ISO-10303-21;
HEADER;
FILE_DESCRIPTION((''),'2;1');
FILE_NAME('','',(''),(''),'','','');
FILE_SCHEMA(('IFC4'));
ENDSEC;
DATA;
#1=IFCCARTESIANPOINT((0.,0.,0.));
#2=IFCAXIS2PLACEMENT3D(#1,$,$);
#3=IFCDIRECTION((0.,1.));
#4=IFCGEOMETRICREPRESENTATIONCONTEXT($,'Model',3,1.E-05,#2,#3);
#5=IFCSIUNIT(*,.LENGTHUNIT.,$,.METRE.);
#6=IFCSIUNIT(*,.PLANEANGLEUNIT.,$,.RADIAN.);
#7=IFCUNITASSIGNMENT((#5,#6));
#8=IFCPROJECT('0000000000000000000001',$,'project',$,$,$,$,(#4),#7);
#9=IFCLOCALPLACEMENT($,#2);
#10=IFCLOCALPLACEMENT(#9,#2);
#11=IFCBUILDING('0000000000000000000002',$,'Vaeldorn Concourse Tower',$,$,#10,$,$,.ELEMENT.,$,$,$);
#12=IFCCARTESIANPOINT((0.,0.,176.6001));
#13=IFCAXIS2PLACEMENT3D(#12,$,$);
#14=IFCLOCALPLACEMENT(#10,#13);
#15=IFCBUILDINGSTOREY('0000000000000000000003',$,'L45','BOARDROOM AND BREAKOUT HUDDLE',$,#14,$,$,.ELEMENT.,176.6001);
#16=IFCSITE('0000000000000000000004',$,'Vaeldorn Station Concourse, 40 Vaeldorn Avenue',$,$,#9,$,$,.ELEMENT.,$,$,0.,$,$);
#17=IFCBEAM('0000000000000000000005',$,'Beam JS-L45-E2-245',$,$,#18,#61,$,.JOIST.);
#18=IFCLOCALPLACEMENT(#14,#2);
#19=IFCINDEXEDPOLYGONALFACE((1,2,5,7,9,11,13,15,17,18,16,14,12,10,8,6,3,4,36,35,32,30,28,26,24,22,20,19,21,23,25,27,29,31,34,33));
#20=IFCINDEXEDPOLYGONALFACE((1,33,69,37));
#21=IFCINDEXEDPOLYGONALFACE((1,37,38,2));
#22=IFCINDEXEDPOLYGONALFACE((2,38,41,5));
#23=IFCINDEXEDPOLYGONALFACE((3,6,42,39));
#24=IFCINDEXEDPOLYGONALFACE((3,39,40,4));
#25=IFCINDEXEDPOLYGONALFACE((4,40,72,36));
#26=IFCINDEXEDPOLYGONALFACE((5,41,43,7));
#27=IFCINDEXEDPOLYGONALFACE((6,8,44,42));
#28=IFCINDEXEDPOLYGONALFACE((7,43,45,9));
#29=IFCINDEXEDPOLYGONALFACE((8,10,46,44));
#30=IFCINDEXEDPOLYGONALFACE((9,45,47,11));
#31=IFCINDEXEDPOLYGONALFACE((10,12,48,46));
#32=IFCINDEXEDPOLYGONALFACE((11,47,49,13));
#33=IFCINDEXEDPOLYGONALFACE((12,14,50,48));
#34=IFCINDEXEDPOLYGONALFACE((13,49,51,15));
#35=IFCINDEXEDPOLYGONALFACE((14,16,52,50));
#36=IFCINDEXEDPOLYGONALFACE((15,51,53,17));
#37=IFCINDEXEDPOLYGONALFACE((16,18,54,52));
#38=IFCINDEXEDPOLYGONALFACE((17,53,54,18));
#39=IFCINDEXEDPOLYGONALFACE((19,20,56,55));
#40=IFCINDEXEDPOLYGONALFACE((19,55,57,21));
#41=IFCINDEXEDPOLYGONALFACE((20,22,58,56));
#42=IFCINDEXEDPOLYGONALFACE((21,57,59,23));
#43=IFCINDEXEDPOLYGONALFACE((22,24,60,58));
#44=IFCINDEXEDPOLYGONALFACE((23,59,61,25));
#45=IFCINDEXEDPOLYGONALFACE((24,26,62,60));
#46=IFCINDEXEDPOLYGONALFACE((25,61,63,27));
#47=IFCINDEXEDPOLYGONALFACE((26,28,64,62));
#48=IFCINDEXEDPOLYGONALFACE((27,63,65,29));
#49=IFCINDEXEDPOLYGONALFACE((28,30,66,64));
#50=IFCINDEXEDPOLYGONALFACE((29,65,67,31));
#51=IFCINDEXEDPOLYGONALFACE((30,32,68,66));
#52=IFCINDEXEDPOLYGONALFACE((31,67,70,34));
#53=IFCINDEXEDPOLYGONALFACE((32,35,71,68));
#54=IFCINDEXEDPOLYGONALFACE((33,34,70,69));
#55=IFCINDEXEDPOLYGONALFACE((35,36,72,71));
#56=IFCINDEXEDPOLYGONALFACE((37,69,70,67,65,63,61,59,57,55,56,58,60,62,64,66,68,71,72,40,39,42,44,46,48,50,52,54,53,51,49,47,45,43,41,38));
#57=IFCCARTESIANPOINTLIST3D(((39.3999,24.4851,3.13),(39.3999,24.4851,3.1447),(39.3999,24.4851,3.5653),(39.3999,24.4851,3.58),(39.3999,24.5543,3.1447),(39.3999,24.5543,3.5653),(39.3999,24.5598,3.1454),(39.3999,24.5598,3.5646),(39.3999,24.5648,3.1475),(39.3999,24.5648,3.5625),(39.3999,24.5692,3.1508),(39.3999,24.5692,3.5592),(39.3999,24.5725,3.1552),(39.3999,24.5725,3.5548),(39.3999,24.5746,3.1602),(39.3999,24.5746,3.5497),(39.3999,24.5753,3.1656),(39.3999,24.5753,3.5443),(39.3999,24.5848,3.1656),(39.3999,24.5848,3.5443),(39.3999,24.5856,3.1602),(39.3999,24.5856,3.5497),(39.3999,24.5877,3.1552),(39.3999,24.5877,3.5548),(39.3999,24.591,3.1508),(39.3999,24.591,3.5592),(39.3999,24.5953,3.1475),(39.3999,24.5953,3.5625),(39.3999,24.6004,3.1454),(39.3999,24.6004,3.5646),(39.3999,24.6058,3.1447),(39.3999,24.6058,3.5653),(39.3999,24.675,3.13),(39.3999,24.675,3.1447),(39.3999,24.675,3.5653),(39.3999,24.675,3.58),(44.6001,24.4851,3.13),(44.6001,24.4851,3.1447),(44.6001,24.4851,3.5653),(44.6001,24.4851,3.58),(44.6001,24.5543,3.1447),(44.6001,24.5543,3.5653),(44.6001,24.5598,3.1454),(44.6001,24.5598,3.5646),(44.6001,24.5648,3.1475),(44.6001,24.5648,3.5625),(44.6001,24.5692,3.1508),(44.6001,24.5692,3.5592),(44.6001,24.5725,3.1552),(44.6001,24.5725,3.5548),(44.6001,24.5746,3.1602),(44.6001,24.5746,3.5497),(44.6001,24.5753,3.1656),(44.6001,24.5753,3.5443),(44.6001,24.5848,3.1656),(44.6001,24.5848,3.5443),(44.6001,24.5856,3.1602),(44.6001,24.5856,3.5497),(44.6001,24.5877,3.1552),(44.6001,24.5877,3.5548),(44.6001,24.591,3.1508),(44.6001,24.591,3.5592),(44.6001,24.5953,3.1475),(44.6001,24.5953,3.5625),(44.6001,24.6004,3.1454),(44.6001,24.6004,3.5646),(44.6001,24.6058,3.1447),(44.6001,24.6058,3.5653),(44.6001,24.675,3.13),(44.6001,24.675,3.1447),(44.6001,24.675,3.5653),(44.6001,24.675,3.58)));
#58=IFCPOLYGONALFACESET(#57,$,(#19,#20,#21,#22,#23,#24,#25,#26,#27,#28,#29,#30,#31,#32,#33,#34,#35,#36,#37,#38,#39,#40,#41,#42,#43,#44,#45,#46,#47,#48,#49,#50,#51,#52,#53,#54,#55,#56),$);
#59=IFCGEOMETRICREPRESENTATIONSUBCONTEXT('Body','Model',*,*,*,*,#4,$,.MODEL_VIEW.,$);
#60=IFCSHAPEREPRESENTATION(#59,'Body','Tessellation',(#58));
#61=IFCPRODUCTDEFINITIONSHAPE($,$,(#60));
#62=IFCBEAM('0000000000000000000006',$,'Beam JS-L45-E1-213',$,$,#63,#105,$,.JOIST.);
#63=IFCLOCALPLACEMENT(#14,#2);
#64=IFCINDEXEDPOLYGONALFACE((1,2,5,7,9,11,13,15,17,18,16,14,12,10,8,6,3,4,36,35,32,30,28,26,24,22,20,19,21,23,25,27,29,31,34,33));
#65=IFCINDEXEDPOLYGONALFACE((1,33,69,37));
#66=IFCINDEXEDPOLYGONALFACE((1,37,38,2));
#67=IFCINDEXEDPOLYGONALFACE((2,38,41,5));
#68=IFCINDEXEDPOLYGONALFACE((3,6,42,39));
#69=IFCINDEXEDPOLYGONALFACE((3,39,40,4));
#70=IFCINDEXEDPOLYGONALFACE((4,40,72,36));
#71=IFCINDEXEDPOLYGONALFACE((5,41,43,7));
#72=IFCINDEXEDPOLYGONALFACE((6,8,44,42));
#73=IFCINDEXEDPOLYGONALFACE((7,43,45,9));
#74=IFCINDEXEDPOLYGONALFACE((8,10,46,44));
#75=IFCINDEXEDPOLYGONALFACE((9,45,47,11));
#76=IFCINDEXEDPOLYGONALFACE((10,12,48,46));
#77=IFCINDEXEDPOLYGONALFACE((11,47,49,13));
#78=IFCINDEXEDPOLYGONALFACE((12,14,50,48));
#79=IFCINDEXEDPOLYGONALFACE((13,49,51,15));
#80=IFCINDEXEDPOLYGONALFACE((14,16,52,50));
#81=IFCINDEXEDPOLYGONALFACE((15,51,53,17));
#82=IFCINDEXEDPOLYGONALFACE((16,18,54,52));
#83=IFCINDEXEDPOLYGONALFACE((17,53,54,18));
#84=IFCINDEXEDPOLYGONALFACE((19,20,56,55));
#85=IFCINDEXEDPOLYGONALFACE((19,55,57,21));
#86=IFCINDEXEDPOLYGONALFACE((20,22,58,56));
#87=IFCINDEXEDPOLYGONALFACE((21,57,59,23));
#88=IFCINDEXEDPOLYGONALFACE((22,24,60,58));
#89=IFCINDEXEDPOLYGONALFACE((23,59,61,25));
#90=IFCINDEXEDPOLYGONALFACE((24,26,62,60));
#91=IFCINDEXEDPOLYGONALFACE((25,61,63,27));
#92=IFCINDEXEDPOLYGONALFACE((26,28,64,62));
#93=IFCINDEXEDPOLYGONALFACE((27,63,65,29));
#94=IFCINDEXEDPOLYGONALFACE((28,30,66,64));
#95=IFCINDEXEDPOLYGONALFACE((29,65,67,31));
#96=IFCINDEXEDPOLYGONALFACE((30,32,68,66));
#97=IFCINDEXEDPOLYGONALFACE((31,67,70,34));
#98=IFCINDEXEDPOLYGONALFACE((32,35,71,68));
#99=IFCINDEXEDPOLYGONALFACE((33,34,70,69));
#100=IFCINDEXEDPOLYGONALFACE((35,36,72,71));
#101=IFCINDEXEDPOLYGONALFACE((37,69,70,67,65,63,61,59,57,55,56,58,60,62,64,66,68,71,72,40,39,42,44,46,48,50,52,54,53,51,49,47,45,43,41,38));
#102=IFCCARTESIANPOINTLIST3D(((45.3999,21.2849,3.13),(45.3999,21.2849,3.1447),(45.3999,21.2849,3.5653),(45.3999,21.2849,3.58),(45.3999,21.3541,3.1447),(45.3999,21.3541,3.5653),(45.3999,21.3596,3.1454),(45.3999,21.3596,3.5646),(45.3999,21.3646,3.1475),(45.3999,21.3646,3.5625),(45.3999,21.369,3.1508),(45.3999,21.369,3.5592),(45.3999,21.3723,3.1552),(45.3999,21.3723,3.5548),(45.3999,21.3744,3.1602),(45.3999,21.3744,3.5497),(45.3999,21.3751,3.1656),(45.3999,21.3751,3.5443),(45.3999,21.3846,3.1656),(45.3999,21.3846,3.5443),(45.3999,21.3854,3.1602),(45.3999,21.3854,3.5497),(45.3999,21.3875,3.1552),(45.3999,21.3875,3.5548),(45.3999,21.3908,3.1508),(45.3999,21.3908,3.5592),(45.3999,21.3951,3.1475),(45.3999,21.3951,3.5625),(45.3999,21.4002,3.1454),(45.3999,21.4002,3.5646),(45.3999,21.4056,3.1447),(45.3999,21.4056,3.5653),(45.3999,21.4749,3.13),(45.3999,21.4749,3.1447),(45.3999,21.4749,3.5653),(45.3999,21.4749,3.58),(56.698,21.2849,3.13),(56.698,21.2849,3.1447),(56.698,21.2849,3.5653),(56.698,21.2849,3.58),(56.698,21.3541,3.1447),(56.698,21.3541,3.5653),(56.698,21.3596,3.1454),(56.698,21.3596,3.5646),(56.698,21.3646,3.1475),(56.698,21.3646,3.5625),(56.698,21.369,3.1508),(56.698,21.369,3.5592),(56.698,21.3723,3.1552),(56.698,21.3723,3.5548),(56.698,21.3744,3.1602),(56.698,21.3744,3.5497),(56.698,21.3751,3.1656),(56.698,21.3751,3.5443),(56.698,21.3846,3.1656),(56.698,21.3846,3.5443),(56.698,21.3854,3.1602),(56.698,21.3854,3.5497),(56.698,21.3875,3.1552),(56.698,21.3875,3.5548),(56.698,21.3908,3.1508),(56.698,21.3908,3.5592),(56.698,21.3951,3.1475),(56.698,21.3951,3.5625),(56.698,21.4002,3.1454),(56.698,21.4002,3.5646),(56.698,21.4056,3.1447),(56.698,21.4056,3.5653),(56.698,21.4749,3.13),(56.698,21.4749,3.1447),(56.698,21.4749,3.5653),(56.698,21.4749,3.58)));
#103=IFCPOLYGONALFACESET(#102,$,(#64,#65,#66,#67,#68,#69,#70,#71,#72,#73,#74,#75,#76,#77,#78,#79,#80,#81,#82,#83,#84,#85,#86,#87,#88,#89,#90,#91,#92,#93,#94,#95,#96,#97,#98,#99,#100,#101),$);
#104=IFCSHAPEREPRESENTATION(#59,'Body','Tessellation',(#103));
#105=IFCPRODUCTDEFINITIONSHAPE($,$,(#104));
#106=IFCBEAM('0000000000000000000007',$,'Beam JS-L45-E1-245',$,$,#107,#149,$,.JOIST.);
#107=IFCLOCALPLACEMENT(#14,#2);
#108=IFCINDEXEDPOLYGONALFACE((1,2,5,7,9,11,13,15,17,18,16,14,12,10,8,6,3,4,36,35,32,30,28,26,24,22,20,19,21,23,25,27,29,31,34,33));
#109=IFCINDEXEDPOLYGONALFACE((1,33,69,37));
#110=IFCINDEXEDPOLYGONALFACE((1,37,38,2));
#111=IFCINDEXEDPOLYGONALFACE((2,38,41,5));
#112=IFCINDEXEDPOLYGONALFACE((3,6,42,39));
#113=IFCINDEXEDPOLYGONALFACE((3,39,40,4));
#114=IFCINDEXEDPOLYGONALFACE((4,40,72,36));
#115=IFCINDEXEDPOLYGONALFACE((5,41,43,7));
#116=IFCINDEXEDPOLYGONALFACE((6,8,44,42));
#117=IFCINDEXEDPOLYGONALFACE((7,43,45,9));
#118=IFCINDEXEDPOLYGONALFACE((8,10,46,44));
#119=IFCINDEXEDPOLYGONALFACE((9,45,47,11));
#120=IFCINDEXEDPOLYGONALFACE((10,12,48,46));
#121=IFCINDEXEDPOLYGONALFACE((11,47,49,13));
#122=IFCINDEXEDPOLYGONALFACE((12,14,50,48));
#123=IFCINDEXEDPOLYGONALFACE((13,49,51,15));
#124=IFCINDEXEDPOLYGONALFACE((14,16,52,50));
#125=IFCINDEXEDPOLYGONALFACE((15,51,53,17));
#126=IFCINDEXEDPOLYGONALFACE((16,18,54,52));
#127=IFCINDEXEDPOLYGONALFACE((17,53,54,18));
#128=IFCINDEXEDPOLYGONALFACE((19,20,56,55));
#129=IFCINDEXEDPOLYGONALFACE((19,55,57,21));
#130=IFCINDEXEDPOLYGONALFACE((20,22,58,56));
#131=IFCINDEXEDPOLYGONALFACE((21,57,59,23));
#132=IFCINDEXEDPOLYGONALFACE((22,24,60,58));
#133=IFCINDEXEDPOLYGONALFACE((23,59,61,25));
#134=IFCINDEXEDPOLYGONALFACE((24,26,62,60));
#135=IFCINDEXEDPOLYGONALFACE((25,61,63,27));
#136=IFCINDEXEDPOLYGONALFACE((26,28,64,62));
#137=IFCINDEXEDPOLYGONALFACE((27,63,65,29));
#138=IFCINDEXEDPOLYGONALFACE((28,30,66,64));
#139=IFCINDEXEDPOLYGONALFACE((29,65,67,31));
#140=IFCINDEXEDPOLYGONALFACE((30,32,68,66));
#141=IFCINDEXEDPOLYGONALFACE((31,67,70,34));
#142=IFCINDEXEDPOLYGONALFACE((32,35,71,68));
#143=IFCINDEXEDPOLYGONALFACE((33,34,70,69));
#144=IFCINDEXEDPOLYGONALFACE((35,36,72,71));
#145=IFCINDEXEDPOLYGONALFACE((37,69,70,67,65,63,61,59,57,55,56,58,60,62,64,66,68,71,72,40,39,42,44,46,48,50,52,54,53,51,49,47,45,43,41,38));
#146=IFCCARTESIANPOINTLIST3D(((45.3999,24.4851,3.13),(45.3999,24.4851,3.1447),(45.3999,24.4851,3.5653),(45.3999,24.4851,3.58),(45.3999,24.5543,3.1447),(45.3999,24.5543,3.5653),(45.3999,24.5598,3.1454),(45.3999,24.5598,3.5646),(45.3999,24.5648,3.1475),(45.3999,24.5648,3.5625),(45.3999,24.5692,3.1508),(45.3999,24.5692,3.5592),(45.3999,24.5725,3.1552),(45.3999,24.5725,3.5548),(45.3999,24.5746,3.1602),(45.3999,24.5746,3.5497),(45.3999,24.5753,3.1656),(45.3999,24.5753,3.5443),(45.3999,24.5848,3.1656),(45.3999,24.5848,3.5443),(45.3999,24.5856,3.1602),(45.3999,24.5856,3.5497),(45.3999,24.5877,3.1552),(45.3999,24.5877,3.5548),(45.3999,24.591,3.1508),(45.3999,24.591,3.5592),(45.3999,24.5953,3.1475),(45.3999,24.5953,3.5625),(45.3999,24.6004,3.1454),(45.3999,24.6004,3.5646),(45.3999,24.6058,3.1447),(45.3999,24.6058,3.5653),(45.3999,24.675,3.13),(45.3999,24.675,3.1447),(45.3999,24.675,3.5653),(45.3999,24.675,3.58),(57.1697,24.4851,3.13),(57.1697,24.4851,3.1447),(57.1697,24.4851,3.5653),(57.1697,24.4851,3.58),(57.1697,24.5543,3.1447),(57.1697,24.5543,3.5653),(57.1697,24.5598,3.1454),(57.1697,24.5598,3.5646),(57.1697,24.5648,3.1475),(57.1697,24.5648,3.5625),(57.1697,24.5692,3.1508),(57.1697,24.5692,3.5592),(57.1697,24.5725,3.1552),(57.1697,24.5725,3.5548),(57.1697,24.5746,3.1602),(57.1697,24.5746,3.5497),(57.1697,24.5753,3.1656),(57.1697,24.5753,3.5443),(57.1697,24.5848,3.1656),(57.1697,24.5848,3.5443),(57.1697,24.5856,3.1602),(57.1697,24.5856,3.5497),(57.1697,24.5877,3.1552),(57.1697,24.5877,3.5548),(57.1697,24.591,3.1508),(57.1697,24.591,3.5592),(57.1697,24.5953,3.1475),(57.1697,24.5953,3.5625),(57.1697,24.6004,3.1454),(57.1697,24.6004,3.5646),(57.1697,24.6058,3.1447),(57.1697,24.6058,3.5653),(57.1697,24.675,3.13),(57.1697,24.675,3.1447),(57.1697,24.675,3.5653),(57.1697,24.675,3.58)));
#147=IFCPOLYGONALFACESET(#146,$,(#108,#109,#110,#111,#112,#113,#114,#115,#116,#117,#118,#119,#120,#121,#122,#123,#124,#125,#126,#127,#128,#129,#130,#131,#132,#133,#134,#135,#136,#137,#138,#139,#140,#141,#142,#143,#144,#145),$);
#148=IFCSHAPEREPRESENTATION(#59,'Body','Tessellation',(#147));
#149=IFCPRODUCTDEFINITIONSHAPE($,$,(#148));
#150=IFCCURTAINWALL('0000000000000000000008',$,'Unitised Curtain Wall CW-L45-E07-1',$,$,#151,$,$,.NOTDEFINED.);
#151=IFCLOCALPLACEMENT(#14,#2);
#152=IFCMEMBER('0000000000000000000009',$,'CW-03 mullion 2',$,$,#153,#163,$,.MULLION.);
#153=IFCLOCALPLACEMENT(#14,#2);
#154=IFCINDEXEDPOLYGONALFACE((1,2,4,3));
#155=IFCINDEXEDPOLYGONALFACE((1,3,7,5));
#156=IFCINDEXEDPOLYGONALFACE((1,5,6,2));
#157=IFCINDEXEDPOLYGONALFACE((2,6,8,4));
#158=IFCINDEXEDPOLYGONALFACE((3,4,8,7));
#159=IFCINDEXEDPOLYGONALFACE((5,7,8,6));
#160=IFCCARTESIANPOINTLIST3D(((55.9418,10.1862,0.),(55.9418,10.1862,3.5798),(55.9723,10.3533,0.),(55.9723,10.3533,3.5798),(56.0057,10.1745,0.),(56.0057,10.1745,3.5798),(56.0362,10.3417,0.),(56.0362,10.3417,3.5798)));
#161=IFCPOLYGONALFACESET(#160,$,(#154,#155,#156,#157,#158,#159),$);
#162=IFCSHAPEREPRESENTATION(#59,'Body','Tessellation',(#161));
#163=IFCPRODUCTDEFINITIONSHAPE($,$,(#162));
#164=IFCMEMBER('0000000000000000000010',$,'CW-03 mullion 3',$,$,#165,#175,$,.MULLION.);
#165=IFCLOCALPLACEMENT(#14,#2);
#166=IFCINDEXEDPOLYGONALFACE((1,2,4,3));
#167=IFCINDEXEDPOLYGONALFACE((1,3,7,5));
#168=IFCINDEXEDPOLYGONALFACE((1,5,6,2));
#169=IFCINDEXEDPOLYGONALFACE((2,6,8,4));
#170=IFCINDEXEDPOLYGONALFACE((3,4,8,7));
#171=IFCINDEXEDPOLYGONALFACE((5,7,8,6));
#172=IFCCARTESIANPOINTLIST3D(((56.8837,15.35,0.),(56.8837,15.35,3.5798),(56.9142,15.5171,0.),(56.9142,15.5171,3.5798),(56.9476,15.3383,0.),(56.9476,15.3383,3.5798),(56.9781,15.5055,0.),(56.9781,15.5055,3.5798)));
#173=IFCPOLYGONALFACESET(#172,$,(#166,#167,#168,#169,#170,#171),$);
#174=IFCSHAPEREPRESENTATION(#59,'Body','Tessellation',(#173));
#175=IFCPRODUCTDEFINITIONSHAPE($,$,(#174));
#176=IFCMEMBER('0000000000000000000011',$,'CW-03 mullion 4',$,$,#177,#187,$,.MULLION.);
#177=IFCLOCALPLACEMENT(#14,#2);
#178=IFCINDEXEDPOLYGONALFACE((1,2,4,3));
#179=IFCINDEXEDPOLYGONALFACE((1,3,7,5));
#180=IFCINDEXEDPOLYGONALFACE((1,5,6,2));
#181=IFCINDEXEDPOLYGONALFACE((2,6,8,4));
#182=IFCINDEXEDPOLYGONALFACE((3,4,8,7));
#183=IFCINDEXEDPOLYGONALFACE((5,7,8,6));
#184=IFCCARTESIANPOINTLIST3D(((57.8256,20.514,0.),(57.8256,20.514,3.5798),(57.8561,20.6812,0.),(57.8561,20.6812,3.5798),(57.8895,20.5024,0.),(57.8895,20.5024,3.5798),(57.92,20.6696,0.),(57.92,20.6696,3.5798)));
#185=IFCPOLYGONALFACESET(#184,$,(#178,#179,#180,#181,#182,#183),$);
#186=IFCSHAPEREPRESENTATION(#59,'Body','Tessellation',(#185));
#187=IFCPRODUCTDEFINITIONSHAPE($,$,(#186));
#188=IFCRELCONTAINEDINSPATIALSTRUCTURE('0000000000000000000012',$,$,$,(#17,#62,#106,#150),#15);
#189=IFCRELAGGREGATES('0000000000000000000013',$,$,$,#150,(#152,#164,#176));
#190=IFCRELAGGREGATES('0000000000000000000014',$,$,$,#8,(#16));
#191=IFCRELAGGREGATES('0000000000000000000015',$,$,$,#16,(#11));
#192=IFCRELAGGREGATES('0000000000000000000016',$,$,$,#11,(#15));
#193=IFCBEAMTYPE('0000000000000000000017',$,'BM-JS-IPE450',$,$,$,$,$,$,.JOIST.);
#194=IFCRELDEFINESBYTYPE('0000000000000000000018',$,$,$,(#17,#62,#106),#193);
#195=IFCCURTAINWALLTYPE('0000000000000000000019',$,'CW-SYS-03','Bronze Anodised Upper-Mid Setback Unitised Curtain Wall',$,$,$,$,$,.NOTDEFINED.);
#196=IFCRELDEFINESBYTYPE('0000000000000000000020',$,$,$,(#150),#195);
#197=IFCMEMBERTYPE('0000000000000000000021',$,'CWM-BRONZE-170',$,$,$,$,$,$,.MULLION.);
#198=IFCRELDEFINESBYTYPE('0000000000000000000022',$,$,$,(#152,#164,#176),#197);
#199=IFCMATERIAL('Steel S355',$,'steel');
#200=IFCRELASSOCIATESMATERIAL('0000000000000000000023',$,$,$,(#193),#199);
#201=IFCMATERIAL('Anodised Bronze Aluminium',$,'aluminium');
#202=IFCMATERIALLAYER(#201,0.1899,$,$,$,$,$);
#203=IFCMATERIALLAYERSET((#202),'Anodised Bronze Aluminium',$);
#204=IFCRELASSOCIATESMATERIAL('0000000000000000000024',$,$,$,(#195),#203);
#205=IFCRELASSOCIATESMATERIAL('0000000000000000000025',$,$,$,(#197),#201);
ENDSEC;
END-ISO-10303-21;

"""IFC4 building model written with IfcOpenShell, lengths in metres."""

from ifc_helpers import new_model, si_unit, direction, frame, origin, origin_2d, place, context, subcontext, project, spatial, rectangle, i_section, extrude, source, transform, mapped, material, layer, layer_set, material_profile, profile_set, type_object, element, aggregate, save


model = new_model("IFC4")

# Units and contexts
model_context = context("Model", 3, precision=1e-05, world=origin(), true_north=direction((0.0, 1.0)))
body_context = subcontext(model_context, "Body", "Model", "MODEL_VIEW")
ifc_project = project(units=[si_unit("LENGTHUNIT", "METRE"), si_unit("PLANEANGLEUNIT", "RADIAN")], contexts=[model_context])

# Site, building, storey
site_placement = place(None, origin())
site = spatial("IfcSite", under=ifc_project, at=site_placement, Name="Vaeldorn Station Concourse, 40 Vaeldorn Avenue", CompositionType="ELEMENT", RefElevation=0.0)
building_placement = place(site_placement, origin())
building = spatial("IfcBuilding", under=site, at=building_placement, Name="Vaeldorn Concourse Tower", CompositionType="ELEMENT")
storey_placement = place(building_placement, frame((0.0, 0.0, 176.6001)))
storey = spatial("IfcBuildingStorey", under=building, at=storey_placement, Name="L45", Description="BOARDROOM AND BREAKOUT HUDDLE", CompositionType="ELEMENT", Elevation=176.6001)

# Shared definitions
ifc_material_1 = material(Name="Steel S355", Category="steel")

# Beams
ifc_material_profile_1 = material_profile(ifc_material_1, i_section(OverallWidth=0.1899, OverallDepth=0.45, WebThickness=0.0095, FlangeThickness=0.0146, FilletRadius=0.021, at=origin_2d()), Name="IPE 450")
ifc_profile_set_1 = profile_set([ifc_material_profile_1], Name="Steel S355")
beam_type_1 = type_object("IfcBeamType", Name="BM-JS-IPE450", PredefinedType="JOIST", material=ifc_profile_set_1)
shared_shape_1 = source(origin(), body_context, "Body", "SweptSolid", [
    extrude(i_section(OverallWidth=0.1899, OverallDepth=0.45, WebThickness=0.0095, FlangeThickness=0.0146, FilletRadius=0.021, at=origin_2d()), origin(), (0.0, 0.0, 1.0), 5.2002),
])
for number, where, z_axis, x_axis, name in (
    (1, (39.3999, 24.5801, 3.355), (1.0, 0.0, 0.0), (0.0, 1.0, 0.0), "Beam JS-L45-E2-245"),
):
    element("IfcBeam", number, at=place(storey_placement, frame(where, z_axis=z_axis, x_axis=x_axis)), inside=storey, type_object=beam_type_1, Name=name, PredefinedType="JOIST", context=body_context, shape_type="MappedRepresentation", body=[
        mapped(shared_shape_1, transform((0.0, 0.0, 0.0), scale=1.0)),
    ])
shared_shape_2 = source(origin(), body_context, "Body", "SweptSolid", [
    extrude(i_section(OverallWidth=0.1899, OverallDepth=0.45, WebThickness=0.0095, FlangeThickness=0.0146, FilletRadius=0.021, at=origin_2d()), origin(), (0.0, 0.0, 1.0), 11.2981),
])
beam_1_placement = place(storey_placement, frame((45.3999, 21.3799, 3.355), z_axis=(1.0, 0.0, 0.0), x_axis=(0.0, 1.0, 0.0)))
element("IfcBeam", 2, at=beam_1_placement, inside=storey, type_object=beam_type_1, Name="Beam JS-L45-E1-213", PredefinedType="JOIST", context=body_context, shape_type="MappedRepresentation", body=[
    mapped(shared_shape_2, transform((0.0, 0.0, 0.0), scale=1.0)),
])
shared_shape_3 = source(origin(), body_context, "Body", "SweptSolid", [
    extrude(i_section(OverallWidth=0.1899, OverallDepth=0.45, WebThickness=0.0095, FlangeThickness=0.0146, FilletRadius=0.021, at=origin_2d()), origin(), (0.0, 0.0, 1.0), 11.7698),
])
beam_2_placement = place(storey_placement, frame((45.3999, 24.5801, 3.355), z_axis=(1.0, 0.0, 0.0), x_axis=(0.0, 1.0, 0.0)))
element("IfcBeam", 3, at=beam_2_placement, inside=storey, type_object=beam_type_1, Name="Beam JS-L45-E1-245", PredefinedType="JOIST", context=body_context, shape_type="MappedRepresentation", body=[
    mapped(shared_shape_3, transform((0.0, 0.0, 0.0), scale=1.0)),
])

# Curtain wall, members
ifc_material_2 = material(Name="Anodised Bronze Aluminium", Category="aluminium")
ifc_layer_1 = layer(ifc_material_2, 0.1899)
ifc_layer_set_1 = layer_set([ifc_layer_1], Name="Anodised Bronze Aluminium")
curtain_wall_type = type_object("IfcCurtainWallType", Name="CW-SYS-03", Description="Bronze Anodised Upper-Mid Setback Unitised Curtain Wall", PredefinedType="NOTDEFINED", material=ifc_layer_set_1)
curtain_wall_placement = place(storey_placement, origin())
curtain_wall = element("IfcCurtainWall", 4, at=curtain_wall_placement, inside=storey, type_object=curtain_wall_type, Name="Unitised Curtain Wall CW-L45-E07-1", PredefinedType="NOTDEFINED")
ifc_material_profile_2 = material_profile(ifc_material_2, rectangle(XDim=0.0649, YDim=0.1699, at=origin_2d()), Name="CWM 65x170")
ifc_profile_set_2 = profile_set([ifc_material_profile_2], Name="Anodised Bronze Aluminium")
member_type_1 = type_object("IfcMemberType", Name="CWM-BRONZE-170", PredefinedType="MULLION", material=ifc_profile_set_2)
shared_shape_4 = source(origin(), body_context, "Body", "SweptSolid", [
    extrude(rectangle(XDim=0.0649, YDim=0.1699, at=origin_2d()), origin(), (0.0, 0.0, 1.0), 3.5798),
])
member_1_placement = place(storey_placement, frame((55.989, 10.2639, 0.0), z_axis=(0.0, 0.0, 1.0), x_axis=(-0.983768, 0.179446, 0.0)))
member_1 = element("IfcMember", 5, at=member_1_placement, type_object=member_type_1, Name="CW-03 mullion 2", PredefinedType="MULLION", context=body_context, shape_type="MappedRepresentation", body=[
    mapped(shared_shape_4, transform((0.0, 0.0, 0.0), scale=1.0)),
])
member_2_placement = place(storey_placement, frame((56.9309, 15.4277, 0.0), z_axis=(0.0, 0.0, 1.0), x_axis=(-0.983768, 0.179446, 0.0)))
member_2 = element("IfcMember", 6, at=member_2_placement, type_object=member_type_1, Name="CW-03 mullion 3", PredefinedType="MULLION", context=body_context, shape_type="MappedRepresentation", body=[
    mapped(shared_shape_4, transform((0.0, 0.0, 0.0), scale=1.0)),
])
member_3_placement = place(storey_placement, frame((57.8728, 20.5918, 0.0), z_axis=(0.0, 0.0, 1.0), x_axis=(-0.983768, 0.179446, 0.0)))
member_3 = element("IfcMember", 7, at=member_3_placement, type_object=member_type_1, Name="CW-03 mullion 4", PredefinedType="MULLION", context=body_context, shape_type="MappedRepresentation", body=[
    mapped(shared_shape_4, transform((0.0, 0.0, 0.0), scale=1.0)),
])
aggregate(curtain_wall, [member_1, member_2, member_3])

save(model, "model.ifc")
